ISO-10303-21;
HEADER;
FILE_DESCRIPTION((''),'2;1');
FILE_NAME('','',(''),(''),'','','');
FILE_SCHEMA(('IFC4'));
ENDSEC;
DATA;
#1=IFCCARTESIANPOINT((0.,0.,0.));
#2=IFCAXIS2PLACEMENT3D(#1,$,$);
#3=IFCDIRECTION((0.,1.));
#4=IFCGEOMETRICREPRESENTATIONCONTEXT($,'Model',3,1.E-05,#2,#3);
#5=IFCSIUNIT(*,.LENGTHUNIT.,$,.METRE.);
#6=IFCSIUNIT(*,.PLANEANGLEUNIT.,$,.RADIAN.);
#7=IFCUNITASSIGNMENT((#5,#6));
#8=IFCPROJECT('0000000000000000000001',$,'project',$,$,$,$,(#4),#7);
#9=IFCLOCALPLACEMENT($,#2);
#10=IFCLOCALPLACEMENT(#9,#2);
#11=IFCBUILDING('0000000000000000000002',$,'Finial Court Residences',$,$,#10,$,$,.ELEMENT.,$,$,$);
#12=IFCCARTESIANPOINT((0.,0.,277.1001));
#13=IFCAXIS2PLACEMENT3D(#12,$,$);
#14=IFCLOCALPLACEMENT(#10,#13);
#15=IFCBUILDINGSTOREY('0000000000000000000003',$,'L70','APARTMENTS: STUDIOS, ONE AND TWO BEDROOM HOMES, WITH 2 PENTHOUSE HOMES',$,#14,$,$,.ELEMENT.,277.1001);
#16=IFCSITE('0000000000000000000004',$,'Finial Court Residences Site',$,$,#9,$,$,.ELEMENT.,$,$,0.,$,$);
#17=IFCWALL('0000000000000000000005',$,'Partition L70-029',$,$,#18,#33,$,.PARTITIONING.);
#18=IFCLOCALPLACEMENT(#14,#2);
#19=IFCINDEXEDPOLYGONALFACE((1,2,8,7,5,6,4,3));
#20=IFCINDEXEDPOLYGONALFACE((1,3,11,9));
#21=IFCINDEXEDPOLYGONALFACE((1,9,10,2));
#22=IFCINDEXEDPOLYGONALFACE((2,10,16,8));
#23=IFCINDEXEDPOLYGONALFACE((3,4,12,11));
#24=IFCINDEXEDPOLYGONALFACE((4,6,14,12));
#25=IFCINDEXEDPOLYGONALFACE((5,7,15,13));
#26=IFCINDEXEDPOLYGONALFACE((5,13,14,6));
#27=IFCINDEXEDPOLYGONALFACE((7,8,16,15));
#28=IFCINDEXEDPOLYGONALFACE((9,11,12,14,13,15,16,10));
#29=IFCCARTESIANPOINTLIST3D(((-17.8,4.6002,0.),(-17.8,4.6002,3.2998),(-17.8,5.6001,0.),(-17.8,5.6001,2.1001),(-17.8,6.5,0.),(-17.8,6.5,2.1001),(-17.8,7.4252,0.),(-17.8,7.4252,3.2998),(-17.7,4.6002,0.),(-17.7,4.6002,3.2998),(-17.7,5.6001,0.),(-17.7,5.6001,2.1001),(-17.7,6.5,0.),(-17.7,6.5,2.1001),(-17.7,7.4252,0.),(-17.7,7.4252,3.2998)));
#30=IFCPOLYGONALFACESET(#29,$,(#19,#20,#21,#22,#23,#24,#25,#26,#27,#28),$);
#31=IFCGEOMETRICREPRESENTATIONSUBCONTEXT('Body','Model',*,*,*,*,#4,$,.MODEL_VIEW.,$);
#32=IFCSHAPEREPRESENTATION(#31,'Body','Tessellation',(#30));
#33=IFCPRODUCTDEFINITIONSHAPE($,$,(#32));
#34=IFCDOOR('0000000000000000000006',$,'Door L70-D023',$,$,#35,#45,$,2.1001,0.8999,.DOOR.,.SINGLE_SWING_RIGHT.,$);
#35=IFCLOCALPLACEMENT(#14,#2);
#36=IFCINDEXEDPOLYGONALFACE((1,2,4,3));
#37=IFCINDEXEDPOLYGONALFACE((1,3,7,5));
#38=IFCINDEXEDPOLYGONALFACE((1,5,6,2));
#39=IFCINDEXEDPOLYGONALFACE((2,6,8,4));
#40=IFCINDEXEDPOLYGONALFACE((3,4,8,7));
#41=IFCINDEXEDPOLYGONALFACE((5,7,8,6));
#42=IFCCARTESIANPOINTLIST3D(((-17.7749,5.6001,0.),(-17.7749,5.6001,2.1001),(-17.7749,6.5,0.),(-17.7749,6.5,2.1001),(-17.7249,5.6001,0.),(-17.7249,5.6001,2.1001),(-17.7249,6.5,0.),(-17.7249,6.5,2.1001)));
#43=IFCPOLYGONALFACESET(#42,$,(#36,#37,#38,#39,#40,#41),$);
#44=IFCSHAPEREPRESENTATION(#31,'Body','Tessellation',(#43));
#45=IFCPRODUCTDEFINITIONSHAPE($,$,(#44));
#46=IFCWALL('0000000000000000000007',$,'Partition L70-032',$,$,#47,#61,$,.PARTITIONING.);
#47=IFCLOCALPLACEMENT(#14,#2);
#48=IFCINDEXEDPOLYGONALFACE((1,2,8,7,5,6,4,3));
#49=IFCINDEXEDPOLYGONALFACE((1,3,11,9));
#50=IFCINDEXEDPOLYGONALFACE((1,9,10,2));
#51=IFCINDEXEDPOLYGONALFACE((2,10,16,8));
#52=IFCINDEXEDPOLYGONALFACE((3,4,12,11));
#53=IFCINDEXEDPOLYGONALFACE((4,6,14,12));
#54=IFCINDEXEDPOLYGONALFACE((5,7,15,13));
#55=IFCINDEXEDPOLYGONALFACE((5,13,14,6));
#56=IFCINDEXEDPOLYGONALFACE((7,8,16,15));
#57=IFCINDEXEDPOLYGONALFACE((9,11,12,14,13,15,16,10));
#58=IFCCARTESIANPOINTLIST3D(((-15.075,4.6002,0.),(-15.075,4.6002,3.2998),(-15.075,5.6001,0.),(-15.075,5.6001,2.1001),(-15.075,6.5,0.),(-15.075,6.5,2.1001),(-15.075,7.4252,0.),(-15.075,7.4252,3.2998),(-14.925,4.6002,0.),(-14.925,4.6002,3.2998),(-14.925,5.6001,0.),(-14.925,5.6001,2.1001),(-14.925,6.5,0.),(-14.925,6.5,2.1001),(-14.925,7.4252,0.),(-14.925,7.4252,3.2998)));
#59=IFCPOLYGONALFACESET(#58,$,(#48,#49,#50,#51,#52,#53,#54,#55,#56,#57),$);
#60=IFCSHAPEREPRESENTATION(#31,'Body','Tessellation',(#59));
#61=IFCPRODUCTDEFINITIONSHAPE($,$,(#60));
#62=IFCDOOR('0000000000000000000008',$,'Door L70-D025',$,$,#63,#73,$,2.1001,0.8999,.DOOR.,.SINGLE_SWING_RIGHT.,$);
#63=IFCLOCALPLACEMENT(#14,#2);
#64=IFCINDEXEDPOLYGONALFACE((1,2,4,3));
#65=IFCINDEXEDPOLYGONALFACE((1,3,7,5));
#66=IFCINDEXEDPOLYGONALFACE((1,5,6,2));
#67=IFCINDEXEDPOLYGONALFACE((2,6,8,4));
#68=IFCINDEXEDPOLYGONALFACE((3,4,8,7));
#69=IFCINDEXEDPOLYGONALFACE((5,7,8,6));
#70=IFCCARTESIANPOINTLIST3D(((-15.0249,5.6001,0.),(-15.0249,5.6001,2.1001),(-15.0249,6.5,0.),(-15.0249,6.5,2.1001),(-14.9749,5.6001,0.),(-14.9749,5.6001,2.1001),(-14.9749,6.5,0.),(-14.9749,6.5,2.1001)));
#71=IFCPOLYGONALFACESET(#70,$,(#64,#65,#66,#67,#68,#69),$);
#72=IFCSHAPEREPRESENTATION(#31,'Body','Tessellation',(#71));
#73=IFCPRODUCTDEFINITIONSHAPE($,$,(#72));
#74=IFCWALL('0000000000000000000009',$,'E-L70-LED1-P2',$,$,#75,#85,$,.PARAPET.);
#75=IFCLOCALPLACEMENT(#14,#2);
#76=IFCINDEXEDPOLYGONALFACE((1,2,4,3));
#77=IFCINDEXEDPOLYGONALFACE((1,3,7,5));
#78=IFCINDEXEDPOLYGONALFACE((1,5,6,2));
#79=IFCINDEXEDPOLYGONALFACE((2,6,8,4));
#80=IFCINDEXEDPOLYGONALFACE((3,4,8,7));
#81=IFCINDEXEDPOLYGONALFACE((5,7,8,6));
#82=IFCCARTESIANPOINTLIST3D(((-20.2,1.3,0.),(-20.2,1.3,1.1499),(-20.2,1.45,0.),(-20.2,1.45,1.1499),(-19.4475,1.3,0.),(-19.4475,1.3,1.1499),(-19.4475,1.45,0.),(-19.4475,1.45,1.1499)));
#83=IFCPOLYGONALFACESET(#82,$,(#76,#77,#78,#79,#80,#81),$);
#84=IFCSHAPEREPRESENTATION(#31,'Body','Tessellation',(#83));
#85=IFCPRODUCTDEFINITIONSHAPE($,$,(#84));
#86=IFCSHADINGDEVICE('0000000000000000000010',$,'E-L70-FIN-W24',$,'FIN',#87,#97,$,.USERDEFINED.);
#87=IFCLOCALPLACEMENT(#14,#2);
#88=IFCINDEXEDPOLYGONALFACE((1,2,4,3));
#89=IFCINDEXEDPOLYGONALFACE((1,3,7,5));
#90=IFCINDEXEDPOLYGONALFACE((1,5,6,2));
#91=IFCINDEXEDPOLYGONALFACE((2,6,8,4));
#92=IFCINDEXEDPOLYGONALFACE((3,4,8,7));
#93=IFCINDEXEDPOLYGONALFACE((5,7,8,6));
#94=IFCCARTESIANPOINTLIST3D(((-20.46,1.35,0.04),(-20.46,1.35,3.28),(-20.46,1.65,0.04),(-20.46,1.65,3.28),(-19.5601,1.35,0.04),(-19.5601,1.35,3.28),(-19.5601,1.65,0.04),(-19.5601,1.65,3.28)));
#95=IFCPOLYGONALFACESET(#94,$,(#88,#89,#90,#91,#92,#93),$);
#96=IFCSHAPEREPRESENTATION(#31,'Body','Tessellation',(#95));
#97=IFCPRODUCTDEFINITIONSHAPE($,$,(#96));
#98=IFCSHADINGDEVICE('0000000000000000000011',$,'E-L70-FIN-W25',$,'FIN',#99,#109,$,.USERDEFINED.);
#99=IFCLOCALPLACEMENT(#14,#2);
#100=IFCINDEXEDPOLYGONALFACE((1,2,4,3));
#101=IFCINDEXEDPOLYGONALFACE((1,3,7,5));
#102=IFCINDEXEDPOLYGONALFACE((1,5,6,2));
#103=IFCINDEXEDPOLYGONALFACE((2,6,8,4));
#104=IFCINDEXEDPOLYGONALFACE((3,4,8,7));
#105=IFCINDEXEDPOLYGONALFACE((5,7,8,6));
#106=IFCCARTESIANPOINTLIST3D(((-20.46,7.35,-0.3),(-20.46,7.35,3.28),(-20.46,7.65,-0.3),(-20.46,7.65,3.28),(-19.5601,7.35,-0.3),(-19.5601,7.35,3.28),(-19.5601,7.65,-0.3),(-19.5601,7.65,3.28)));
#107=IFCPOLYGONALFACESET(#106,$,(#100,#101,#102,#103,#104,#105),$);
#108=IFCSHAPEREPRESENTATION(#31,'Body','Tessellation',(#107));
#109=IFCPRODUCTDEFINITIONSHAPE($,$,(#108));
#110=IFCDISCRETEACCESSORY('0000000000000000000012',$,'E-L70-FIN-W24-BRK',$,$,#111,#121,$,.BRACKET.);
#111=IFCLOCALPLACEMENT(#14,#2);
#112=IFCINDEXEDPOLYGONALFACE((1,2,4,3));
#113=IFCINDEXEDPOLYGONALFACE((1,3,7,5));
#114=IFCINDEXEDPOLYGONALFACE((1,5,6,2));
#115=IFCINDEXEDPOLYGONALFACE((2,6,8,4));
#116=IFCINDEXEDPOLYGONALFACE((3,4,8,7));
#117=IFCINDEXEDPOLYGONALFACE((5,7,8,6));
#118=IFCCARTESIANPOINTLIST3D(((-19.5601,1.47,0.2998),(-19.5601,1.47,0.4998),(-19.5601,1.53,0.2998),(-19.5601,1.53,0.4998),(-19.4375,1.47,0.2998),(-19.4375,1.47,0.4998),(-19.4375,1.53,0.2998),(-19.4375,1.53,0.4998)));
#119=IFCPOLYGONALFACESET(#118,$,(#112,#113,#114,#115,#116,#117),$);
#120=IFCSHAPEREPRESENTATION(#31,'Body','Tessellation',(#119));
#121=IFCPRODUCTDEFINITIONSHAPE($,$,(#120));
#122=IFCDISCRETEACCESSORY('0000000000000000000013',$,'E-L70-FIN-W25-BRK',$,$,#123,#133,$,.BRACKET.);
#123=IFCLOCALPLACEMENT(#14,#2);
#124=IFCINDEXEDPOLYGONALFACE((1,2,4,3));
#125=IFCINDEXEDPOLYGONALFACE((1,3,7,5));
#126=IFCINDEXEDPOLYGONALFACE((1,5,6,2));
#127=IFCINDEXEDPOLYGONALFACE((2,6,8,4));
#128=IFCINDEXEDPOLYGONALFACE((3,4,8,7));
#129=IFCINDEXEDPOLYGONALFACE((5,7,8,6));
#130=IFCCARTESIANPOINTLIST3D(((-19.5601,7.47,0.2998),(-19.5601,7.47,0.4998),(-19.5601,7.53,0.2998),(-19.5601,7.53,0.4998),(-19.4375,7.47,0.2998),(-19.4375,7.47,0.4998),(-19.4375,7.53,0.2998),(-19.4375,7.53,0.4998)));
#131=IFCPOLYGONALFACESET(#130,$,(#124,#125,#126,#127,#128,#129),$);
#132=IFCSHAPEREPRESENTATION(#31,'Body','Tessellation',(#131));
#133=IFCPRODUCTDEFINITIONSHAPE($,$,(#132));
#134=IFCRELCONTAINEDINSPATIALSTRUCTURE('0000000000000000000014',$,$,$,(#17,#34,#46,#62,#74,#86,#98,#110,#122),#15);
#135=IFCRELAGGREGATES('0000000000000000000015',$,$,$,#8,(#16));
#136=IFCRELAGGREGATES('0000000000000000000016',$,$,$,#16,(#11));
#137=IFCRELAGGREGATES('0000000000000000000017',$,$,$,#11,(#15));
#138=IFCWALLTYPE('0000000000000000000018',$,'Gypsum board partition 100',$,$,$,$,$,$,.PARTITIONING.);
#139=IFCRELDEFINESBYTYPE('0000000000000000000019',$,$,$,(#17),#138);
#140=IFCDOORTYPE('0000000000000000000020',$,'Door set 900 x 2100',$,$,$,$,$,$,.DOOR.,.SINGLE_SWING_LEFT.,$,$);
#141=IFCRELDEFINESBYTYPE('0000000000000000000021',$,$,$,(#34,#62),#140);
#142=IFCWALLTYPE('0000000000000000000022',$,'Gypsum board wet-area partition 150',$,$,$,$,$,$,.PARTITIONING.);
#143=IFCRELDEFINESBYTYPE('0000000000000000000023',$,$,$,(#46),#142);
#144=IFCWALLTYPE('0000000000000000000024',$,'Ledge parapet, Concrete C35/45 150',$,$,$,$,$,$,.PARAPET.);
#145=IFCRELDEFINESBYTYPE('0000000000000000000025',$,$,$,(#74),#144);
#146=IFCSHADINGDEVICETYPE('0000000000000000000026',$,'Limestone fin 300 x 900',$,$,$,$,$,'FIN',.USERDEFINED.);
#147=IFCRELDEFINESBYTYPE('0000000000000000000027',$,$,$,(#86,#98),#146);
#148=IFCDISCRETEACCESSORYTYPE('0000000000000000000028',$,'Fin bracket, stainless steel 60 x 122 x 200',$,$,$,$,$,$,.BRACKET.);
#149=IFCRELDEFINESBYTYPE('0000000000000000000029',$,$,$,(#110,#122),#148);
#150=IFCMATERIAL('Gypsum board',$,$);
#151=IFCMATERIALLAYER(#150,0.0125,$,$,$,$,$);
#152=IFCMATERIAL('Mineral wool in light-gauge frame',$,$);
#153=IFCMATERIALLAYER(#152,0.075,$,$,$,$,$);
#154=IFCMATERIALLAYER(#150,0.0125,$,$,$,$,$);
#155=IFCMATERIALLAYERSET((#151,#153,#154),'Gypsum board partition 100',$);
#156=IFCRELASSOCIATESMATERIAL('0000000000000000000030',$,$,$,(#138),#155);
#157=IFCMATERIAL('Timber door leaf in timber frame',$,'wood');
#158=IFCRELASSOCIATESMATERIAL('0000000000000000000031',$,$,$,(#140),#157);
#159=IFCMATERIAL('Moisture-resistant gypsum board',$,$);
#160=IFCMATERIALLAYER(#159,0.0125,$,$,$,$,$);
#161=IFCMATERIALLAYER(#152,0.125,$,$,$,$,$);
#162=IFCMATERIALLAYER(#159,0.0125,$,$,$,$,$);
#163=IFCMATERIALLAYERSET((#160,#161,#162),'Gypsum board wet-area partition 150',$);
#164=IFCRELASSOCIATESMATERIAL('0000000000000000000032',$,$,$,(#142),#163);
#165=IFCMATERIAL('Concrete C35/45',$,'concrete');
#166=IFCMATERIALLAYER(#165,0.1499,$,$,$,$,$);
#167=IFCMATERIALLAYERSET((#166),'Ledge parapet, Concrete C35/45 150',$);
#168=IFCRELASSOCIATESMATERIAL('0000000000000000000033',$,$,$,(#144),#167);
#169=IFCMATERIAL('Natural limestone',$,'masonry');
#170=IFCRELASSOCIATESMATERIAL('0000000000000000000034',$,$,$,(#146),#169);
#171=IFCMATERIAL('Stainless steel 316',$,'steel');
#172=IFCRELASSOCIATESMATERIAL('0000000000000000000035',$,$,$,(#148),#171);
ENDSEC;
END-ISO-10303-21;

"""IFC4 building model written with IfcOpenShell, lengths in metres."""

from ifc_helpers import new_model, si_unit, direction, frame, frame_2d, origin, origin_2d, place, context, subcontext, project, spatial, rectangle, extrude, material, layer, layer_set, type_object, element, fill, save


model = new_model("IFC4")

# Units and contexts
model_context = context("Model", 3, precision=1e-05, world=origin(), true_north=direction((0.0, 1.0)))
body_context = subcontext(model_context, "Body", "Model", "MODEL_VIEW")
ifc_project = project(units=[si_unit("LENGTHUNIT", "METRE"), si_unit("PLANEANGLEUNIT", "RADIAN")], contexts=[model_context])

# Site, building, storey
site_placement = place(None, origin())
site = spatial("IfcSite", under=ifc_project, at=site_placement, Name="Finial Court Residences Site", CompositionType="ELEMENT", RefElevation=0.0)
building_placement = place(site_placement, origin())
building = spatial("IfcBuilding", under=site, at=building_placement, Name="Finial Court Residences", CompositionType="ELEMENT")
storey_placement = place(building_placement, frame((0.0, 0.0, 277.1001)))
storey = spatial("IfcBuildingStorey", under=building, at=storey_placement, Name="L70", Description="APARTMENTS: STUDIOS, ONE AND TWO BEDROOM HOMES, WITH 2 PENTHOUSE HOMES", CompositionType="ELEMENT", Elevation=277.1001)

# Shared definitions
ifc_material_1 = material(Name="Gypsum board")

# Walls, openings, doors
ifc_layer_1 = layer(ifc_material_1, 0.0125)
ifc_material_2 = material(Name="Mineral wool in light-gauge frame")
ifc_layer_2 = layer(ifc_material_2, 0.075)
ifc_layer_3 = layer(ifc_material_1, 0.0125)
ifc_layer_set_1 = layer_set([ifc_layer_1, ifc_layer_2, ifc_layer_3], Name="Gypsum board partition 100")
wall_type_1 = type_object("IfcWallType", Name="Gypsum board partition 100", PredefinedType="PARTITIONING", material=ifc_layer_set_1)
wall_1_placement = place(storey_placement, frame((-17.75, 4.6001, 0.0), z_axis=(0.0, 0.0, 1.0), x_axis=(0.0, 1.0, 0.0)))
wall_1 = element("IfcWall", 1, at=wall_1_placement, inside=storey, type_object=wall_type_1, Name="Partition L70-029", PredefinedType="PARTITIONING", context=body_context, shape_type="SweptSolid", body=[
    extrude(rectangle(XDim=2.825, YDim=0.1001, at=frame_2d((1.4126, 0.0))), origin(), (0.0, 0.0, 1.0), 3.2998),
])
opening_1_placement = place(wall_1_placement, frame((1.0, 0.0, 0.0)))
opening_1 = element("IfcOpeningElement", 2, at=opening_1_placement, cuts=wall_1, PredefinedType="OPENING", context=body_context, shape_type="SweptSolid", body=[
    extrude(rectangle(XDim=0.8999, YDim=2.1001, at=frame_2d((0.45, 1.05))), frame((0.0, 0.0601, 0.0), z_axis=(0.0, -1.0, 0.0), x_axis=(1.0, 0.0, 0.0)), (0.0, 0.0, 1.0), 0.1201),
])
ifc_material_3 = material(Name="Timber door leaf in timber frame", Category="wood")
door_type_1 = type_object("IfcDoorType", Name="Door set 900 x 2100", OperationType="SINGLE_SWING_LEFT", PredefinedType="DOOR", material=ifc_material_3)
door_1_placement = place(opening_1_placement, origin())
door_1 = element("IfcDoor", 3, at=door_1_placement, inside=storey, type_object=door_type_1, Name="Door L70-D023", OperationType="SINGLE_SWING_RIGHT", OverallHeight=2.1001, OverallWidth=0.8999, PredefinedType="DOOR", context=body_context, shape_type="SweptSolid", body=[
    extrude(rectangle(XDim=0.8999, YDim=2.1001, at=frame_2d((0.45, 1.05))), frame((0.0, 0.0249, 0.0), z_axis=(0.0, -1.0, 0.0), x_axis=(1.0, 0.0, 0.0)), (0.0, 0.0, 1.0), 0.05),
])
fill(opening_1, door_1)
ifc_material_4 = material(Name="Moisture-resistant gypsum board")
ifc_layer_4 = layer(ifc_material_4, 0.0125)
ifc_layer_5 = layer(ifc_material_2, 0.125)
ifc_layer_6 = layer(ifc_material_4, 0.0125)
ifc_layer_set_2 = layer_set([ifc_layer_4, ifc_layer_5, ifc_layer_6], Name="Gypsum board wet-area partition 150")
wall_type_2 = type_object("IfcWallType", Name="Gypsum board wet-area partition 150", PredefinedType="PARTITIONING", material=ifc_layer_set_2)
wall_2_placement = place(storey_placement, frame((-15.0, 4.6001, 0.0), z_axis=(0.0, 0.0, 1.0), x_axis=(0.0, 1.0, 0.0)))
wall_2 = element("IfcWall", 4, at=wall_2_placement, inside=storey, type_object=wall_type_2, Name="Partition L70-032", PredefinedType="PARTITIONING", context=body_context, shape_type="SweptSolid", body=[
    extrude(rectangle(XDim=2.825, YDim=0.1499, at=frame_2d((1.4126, 0.0))), origin(), (0.0, 0.0, 1.0), 3.2998),
])
opening_2_placement = place(wall_2_placement, frame((1.0, 0.0, 0.0)))
opening_2 = element("IfcOpeningElement", 5, at=opening_2_placement, cuts=wall_2, PredefinedType="OPENING", context=body_context, shape_type="SweptSolid", body=[
    extrude(rectangle(XDim=0.8999, YDim=2.1001, at=frame_2d((0.45, 1.05))), frame((0.0, 0.085, 0.0), z_axis=(0.0, -1.0, 0.0), x_axis=(1.0, 0.0, 0.0)), (0.0, 0.0, 1.0), 0.1699),
])
door_2_placement = place(opening_2_placement, origin())
door_2 = element("IfcDoor", 6, at=door_2_placement, inside=storey, type_object=door_type_1, Name="Door L70-D025", OperationType="SINGLE_SWING_RIGHT", OverallHeight=2.1001, OverallWidth=0.8999, PredefinedType="DOOR", context=body_context, shape_type="SweptSolid", body=[
    extrude(rectangle(XDim=0.8999, YDim=2.1001, at=frame_2d((0.45, 1.05))), frame((0.0, 0.0249, 0.0), z_axis=(0.0, -1.0, 0.0), x_axis=(1.0, 0.0, 0.0)), (0.0, 0.0, 1.0), 0.05),
])
fill(opening_2, door_2)

# Wall
ifc_material_5 = material(Name="Concrete C35/45", Category="concrete")
ifc_layer_7 = layer(ifc_material_5, 0.1499)
ifc_layer_set_3 = layer_set([ifc_layer_7], Name="Ledge parapet, Concrete C35/45 150")
wall_type_3 = type_object("IfcWallType", Name="Ledge parapet, Concrete C35/45 150", PredefinedType="PARAPET", material=ifc_layer_set_3)
wall_3_placement = place(storey_placement, frame((-20.2, 1.375, 0.0), z_axis=(0.0, 0.0, 1.0), x_axis=(1.0, 0.0, 0.0)))
element("IfcWall", 7, at=wall_3_placement, inside=storey, type_object=wall_type_3, Name="E-L70-LED1-P2", PredefinedType="PARAPET", context=body_context, shape_type="SweptSolid", body=[
    extrude(rectangle(XDim=0.7524, YDim=0.1499, at=frame_2d((0.3762, 0.0))), origin(), (0.0, 0.0, 1.0), 1.1499),
])

# Shading devices
ifc_material_6 = material(Name="Natural limestone", Category="masonry")
shading_device_type = type_object("IfcShadingDeviceType", Name="Limestone fin 300 x 900", ElementType="FIN", PredefinedType="USERDEFINED", material=ifc_material_6)
shading_device_1_placement = place(storey_placement, frame((-20.01, 1.5, 0.04), z_axis=(0.0, 0.0, 1.0), x_axis=(1.0, 0.0, 0.0)))
element("IfcShadingDevice", 8, at=shading_device_1_placement, inside=storey, type_object=shading_device_type, Name="E-L70-FIN-W24", ObjectType="FIN", PredefinedType="USERDEFINED", context=body_context, shape_type="SweptSolid", body=[
    extrude(rectangle(XDim=0.8999, YDim=0.3, at=origin_2d()), origin(), (0.0, 0.0, 1.0), 3.24),
])
shading_device_2_placement = place(storey_placement, frame((-20.01, 7.5, -0.3), z_axis=(0.0, 0.0, 1.0), x_axis=(1.0, 0.0, 0.0)))
element("IfcShadingDevice", 9, at=shading_device_2_placement, inside=storey, type_object=shading_device_type, Name="E-L70-FIN-W25", ObjectType="FIN", PredefinedType="USERDEFINED", context=body_context, shape_type="SweptSolid", body=[
    extrude(rectangle(XDim=0.8999, YDim=0.3, at=origin_2d()), origin(), (0.0, 0.0, 1.0), 3.5801),
])

# Discrete accessories
ifc_material_7 = material(Name="Stainless steel 316", Category="steel")
discrete_accessory_type = type_object("IfcDiscreteAccessoryType", Name="Fin bracket, stainless steel 60 x 122 x 200", PredefinedType="BRACKET", material=ifc_material_7)
for number, where, z_axis, x_axis, name in (
    (10, (-19.4988, 1.5, 0.2998), (0.0, 0.0, 1.0), (1.0, 0.0, 0.0), "E-L70-FIN-W24-BRK"),
    (11, (-19.4988, 7.5, 0.2998), (0.0, 0.0, 1.0), (1.0, 0.0, 0.0), "E-L70-FIN-W25-BRK"),
):
    element("IfcDiscreteAccessory", number, at=place(storey_placement, frame(where, z_axis=z_axis, x_axis=x_axis)), inside=storey, type_object=discrete_accessory_type, Name=name, PredefinedType="BRACKET", context=body_context, shape_type="SweptSolid", body=[
        extrude(rectangle(XDim=0.1226, YDim=0.0601, at=origin_2d()), origin(), (0.0, 0.0, 1.0), 0.2),
    ])

save(model, "model.ifc")
